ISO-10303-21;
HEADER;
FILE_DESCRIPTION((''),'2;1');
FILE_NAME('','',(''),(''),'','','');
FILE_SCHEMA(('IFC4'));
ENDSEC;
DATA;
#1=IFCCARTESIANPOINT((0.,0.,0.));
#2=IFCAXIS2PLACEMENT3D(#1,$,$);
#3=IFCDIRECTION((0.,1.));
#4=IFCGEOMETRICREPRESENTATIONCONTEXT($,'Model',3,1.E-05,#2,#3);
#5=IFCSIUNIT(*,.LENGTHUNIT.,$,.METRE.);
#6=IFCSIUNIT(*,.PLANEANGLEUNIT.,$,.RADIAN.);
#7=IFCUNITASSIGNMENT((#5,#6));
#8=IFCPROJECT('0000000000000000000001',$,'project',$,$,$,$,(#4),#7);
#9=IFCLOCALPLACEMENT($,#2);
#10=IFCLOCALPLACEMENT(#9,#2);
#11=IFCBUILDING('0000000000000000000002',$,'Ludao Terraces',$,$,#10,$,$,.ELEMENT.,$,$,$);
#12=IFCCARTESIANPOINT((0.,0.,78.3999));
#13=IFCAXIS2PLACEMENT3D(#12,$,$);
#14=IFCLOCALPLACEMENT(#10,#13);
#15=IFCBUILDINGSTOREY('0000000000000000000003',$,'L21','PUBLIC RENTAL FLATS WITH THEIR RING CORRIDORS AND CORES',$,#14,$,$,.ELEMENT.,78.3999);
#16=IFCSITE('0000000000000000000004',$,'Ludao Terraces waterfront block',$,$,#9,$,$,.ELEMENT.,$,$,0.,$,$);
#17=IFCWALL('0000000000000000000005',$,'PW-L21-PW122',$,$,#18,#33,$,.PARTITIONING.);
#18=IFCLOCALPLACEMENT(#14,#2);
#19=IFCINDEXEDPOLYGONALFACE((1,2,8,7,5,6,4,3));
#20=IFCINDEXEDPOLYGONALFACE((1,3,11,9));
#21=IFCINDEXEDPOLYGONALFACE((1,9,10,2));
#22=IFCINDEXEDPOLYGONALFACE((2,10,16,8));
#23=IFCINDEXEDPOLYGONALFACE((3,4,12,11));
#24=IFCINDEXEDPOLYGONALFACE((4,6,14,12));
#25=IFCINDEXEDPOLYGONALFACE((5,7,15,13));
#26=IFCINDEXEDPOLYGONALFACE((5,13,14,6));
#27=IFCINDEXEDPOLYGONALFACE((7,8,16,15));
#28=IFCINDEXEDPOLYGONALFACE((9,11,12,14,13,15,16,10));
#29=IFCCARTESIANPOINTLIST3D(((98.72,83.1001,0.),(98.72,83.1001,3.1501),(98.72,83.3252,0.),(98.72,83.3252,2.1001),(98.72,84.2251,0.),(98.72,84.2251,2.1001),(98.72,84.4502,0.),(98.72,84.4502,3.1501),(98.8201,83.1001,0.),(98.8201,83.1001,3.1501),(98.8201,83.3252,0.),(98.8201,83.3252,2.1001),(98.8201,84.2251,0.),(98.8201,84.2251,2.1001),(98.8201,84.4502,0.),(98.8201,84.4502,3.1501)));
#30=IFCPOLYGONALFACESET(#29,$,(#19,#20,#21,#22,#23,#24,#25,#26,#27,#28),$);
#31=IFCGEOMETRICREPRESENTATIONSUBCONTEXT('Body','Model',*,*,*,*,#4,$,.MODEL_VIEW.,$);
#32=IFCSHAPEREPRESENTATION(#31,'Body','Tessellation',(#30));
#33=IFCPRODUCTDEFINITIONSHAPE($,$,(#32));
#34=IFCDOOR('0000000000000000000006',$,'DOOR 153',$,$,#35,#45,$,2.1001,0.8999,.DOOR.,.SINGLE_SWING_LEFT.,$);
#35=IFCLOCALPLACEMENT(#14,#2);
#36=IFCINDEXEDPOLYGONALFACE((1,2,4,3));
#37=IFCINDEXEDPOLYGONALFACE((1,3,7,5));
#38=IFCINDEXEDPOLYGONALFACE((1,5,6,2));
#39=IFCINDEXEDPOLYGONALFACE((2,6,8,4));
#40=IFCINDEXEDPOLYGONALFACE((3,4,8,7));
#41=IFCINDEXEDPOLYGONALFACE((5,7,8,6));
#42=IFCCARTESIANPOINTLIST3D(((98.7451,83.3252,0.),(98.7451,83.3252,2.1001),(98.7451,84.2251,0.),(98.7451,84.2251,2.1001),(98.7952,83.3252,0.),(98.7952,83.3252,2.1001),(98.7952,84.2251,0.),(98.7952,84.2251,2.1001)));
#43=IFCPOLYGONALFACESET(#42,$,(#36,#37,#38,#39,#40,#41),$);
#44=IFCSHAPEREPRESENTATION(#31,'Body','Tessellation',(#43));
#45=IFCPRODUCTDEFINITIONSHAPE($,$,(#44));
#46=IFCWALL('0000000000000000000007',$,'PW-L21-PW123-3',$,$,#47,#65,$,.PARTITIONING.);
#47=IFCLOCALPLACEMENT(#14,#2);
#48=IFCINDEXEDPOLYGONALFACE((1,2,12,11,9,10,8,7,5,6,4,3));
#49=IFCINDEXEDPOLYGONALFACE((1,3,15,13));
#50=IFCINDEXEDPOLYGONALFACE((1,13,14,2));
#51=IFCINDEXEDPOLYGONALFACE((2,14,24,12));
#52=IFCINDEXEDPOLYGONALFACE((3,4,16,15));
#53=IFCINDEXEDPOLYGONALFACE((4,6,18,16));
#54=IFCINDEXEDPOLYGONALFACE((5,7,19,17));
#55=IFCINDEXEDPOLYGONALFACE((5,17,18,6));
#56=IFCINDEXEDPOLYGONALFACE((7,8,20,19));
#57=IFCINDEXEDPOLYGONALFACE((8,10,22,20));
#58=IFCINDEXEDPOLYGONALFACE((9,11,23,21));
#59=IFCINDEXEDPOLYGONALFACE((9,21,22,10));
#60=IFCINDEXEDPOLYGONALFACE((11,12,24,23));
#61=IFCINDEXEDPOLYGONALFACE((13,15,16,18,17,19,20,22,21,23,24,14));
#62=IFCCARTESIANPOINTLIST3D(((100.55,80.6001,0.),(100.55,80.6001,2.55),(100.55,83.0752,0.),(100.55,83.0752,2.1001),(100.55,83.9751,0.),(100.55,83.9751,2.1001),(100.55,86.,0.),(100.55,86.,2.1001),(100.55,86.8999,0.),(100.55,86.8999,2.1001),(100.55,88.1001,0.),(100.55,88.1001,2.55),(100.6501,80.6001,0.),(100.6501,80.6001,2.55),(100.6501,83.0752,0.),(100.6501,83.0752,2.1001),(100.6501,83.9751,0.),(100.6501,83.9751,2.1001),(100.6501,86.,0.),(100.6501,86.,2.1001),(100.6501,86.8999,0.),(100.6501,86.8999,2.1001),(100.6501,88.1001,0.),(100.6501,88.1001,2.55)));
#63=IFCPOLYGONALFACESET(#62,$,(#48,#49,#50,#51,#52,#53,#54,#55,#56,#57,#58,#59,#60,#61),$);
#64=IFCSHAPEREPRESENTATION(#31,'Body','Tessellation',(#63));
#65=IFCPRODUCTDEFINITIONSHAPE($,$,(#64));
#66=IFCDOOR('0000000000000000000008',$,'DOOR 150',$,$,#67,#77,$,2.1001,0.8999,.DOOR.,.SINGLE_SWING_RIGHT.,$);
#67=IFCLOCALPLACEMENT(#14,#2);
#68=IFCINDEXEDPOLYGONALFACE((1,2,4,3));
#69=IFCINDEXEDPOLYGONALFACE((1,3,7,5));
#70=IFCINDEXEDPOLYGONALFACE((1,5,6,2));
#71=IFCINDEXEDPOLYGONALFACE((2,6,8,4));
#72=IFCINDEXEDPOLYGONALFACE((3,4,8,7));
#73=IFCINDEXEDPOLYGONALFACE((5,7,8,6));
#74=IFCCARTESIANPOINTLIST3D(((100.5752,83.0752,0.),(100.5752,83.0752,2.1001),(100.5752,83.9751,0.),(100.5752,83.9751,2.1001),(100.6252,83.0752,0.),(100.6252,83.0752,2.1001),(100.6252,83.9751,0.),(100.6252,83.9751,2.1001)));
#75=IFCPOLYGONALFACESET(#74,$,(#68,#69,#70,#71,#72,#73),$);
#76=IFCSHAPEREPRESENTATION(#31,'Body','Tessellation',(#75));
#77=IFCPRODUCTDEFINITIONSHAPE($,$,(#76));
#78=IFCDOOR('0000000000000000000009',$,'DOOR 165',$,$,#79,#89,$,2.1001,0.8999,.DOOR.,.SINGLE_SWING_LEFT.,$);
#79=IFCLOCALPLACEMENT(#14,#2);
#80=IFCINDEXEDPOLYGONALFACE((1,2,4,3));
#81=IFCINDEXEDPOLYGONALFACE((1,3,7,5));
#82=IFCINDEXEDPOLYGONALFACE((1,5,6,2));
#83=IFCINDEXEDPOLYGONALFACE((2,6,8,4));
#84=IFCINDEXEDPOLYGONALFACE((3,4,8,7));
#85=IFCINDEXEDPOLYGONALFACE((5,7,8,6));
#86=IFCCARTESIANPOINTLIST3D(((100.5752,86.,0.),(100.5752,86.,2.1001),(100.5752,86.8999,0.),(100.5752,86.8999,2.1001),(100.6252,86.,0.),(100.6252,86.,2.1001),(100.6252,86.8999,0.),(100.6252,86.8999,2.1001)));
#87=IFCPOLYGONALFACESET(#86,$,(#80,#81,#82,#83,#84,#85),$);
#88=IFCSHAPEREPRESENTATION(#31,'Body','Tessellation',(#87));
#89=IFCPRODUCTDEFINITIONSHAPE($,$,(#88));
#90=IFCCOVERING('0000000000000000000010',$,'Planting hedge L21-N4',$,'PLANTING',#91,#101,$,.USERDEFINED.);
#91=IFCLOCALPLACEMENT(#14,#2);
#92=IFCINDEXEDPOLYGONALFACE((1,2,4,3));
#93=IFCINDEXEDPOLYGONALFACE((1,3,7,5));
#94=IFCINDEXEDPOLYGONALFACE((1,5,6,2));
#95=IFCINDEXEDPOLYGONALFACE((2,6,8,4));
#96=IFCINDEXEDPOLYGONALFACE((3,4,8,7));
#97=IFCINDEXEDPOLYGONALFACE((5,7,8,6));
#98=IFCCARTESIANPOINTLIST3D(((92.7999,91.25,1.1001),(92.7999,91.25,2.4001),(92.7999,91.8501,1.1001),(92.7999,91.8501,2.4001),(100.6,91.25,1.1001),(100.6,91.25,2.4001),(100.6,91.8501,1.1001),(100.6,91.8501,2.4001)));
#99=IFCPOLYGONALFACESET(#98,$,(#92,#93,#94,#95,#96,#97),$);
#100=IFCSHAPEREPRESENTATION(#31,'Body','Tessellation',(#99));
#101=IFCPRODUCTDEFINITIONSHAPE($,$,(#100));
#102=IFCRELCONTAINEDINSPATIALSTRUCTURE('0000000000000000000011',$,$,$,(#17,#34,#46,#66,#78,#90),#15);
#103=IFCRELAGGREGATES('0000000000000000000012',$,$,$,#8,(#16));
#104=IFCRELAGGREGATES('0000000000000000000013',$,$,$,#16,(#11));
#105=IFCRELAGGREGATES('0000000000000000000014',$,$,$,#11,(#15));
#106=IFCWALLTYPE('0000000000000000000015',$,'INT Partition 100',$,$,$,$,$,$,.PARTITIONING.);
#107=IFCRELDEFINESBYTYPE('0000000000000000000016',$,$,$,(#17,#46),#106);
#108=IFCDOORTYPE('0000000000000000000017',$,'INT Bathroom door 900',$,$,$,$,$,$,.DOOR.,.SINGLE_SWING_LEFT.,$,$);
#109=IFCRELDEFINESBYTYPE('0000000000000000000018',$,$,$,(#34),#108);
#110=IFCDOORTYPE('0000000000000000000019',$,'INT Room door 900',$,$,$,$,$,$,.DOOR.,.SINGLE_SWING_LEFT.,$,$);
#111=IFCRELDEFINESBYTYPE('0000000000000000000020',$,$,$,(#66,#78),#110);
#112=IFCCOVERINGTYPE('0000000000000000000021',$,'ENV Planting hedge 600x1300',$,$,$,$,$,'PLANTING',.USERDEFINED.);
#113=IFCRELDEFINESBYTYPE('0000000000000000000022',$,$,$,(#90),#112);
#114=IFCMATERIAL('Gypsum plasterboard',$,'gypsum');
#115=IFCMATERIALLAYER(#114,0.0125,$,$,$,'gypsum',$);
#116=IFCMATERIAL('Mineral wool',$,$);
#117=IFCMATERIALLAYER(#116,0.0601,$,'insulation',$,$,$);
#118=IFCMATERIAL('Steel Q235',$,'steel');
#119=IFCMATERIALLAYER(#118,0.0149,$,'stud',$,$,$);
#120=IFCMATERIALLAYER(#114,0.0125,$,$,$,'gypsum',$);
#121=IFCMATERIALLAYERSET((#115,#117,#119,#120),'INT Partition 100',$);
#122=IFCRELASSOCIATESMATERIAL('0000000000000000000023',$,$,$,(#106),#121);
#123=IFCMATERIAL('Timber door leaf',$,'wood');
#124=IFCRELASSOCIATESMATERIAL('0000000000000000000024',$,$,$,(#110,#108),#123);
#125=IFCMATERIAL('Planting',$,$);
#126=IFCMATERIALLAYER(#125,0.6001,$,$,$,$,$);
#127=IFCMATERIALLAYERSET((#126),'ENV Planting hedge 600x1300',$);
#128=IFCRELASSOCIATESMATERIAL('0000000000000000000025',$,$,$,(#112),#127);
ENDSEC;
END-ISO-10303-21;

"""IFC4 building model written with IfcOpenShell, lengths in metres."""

from ifc_helpers import new_model, si_unit, direction, frame, frame_2d, origin, origin_2d, place, context, subcontext, project, spatial, rectangle, extrude, material, layer, layer_set, type_object, element, fill, save


model = new_model("IFC4")

# Units and contexts
model_context = context("Model", 3, precision=1e-05, world=origin(), true_north=direction((0.0, 1.0)))
body_context = subcontext(model_context, "Body", "Model", "MODEL_VIEW")
ifc_project = project(units=[si_unit("LENGTHUNIT", "METRE"), si_unit("PLANEANGLEUNIT", "RADIAN")], contexts=[model_context])

# Site, building, storey
site_placement = place(None, origin())
site = spatial("IfcSite", under=ifc_project, at=site_placement, Name="Ludao Terraces waterfront block", CompositionType="ELEMENT", RefElevation=0.0)
building_placement = place(site_placement, origin())
building = spatial("IfcBuilding", under=site, at=building_placement, Name="Ludao Terraces", CompositionType="ELEMENT")
storey_placement = place(building_placement, frame((0.0, 0.0, 78.3999)))
storey = spatial("IfcBuildingStorey", under=building, at=storey_placement, Name="L21", Description="PUBLIC RENTAL FLATS WITH THEIR RING CORRIDORS AND CORES", CompositionType="ELEMENT", Elevation=78.3999)

# Shared definitions
ifc_material_1 = material(Name="Gypsum plasterboard", Category="gypsum")
ifc_layer_1 = layer(ifc_material_1, 0.0125, Category="gypsum")
ifc_material_2 = material(Name="Mineral wool")
ifc_layer_2 = layer(ifc_material_2, 0.0601, Name="insulation")
ifc_material_3 = material(Name="Steel Q235", Category="steel")
ifc_layer_3 = layer(ifc_material_3, 0.0149, Name="stud")
ifc_layer_4 = layer(ifc_material_1, 0.0125, Category="gypsum")
ifc_layer_set_1 = layer_set([ifc_layer_1, ifc_layer_2, ifc_layer_3, ifc_layer_4], Name="INT Partition 100")
wall_type_1 = type_object("IfcWallType", Name="INT Partition 100", PredefinedType="PARTITIONING", material=ifc_layer_set_1)

# Wall, opening, door
ifc_material_4 = material(Name="Timber door leaf", Category="wood")
door_type_1 = type_object("IfcDoorType", Name="INT Room door 900", OperationType="SINGLE_SWING_LEFT", PredefinedType="DOOR", material=ifc_material_4)
wall_1_placement = place(storey_placement, frame((98.77, 83.1001, 0.0), z_axis=(0.0, 0.0, 1.0), x_axis=(0.0, 1.0, 0.0)))
wall_1 = element("IfcWall", 1, at=wall_1_placement, inside=storey, type_object=wall_type_1, Name="PW-L21-PW122", PredefinedType="PARTITIONING", context=body_context, shape_type="SweptSolid", body=[
    extrude(rectangle(XDim=1.3501, YDim=0.1001, at=frame_2d((0.675, 0.0))), origin(), (0.0, 0.0, 1.0), 3.1501),
])
opening_1_placement = place(wall_1_placement, frame((0.2251, 0.0, 0.0)))
opening_1 = element("IfcOpeningElement", 2, at=opening_1_placement, cuts=wall_1, PredefinedType="OPENING", context=body_context, shape_type="SweptSolid", body=[
    extrude(rectangle(XDim=0.8999, YDim=2.1001, at=frame_2d((0.45, 1.05))), frame((0.0, 0.0601, 0.0), z_axis=(0.0, -1.0, 0.0), x_axis=(1.0, 0.0, 0.0)), (0.0, 0.0, 1.0), 0.1201),
])
door_type_2 = type_object("IfcDoorType", Name="INT Bathroom door 900", OperationType="SINGLE_SWING_LEFT", PredefinedType="DOOR", material=ifc_material_4)
door_1_placement = place(opening_1_placement, origin())
door_1 = element("IfcDoor", 3, at=door_1_placement, inside=storey, type_object=door_type_2, Name="DOOR 153", OperationType="SINGLE_SWING_LEFT", OverallHeight=2.1001, OverallWidth=0.8999, PredefinedType="DOOR", context=body_context, shape_type="SweptSolid", body=[
    extrude(rectangle(XDim=0.8999, YDim=2.1001, at=frame_2d((0.45, 1.05))), frame((0.0, 0.0249, 0.0), z_axis=(0.0, -1.0, 0.0), x_axis=(1.0, 0.0, 0.0)), (0.0, 0.0, 1.0), 0.05),
])
fill(opening_1, door_1)

# Wall, openings, doors
wall_2_placement = place(storey_placement, frame((100.6001, 80.6001, 0.0), z_axis=(0.0, 0.0, 1.0), x_axis=(0.0, 1.0, 0.0)))
wall_2 = element("IfcWall", 4, at=wall_2_placement, inside=storey, type_object=wall_type_1, Name="PW-L21-PW123-3", PredefinedType="PARTITIONING", context=body_context, shape_type="SweptSolid", body=[
    extrude(rectangle(XDim=7.5, YDim=0.1001, at=frame_2d((3.75, 0.0))), origin(), (0.0, 0.0, 1.0), 2.55),
])
opening_2_placement = place(wall_2_placement, frame((2.4751, 0.0, 0.0)))
opening_2 = element("IfcOpeningElement", 5, at=opening_2_placement, cuts=wall_2, PredefinedType="OPENING", context=body_context, shape_type="SweptSolid", body=[
    extrude(rectangle(XDim=0.8999, YDim=2.1001, at=frame_2d((0.45, 1.05))), frame((0.0, 0.0601, 0.0), z_axis=(0.0, -1.0, 0.0), x_axis=(1.0, 0.0, 0.0)), (0.0, 0.0, 1.0), 0.1201),
])
opening_3_placement = place(wall_2_placement, frame((5.3999, 0.0, 0.0)))
opening_3 = element("IfcOpeningElement", 6, at=opening_3_placement, cuts=wall_2, PredefinedType="OPENING", context=body_context, shape_type="SweptSolid", body=[
    extrude(rectangle(XDim=0.8999, YDim=2.1001, at=frame_2d((0.45, 1.05))), frame((0.0, 0.0601, 0.0), z_axis=(0.0, -1.0, 0.0), x_axis=(1.0, 0.0, 0.0)), (0.0, 0.0, 1.0), 0.1201),
])
door_2_placement = place(opening_2_placement, origin())
door_2 = element("IfcDoor", 7, at=door_2_placement, inside=storey, type_object=door_type_1, Name="DOOR 150", OperationType="SINGLE_SWING_RIGHT", OverallHeight=2.1001, OverallWidth=0.8999, PredefinedType="DOOR", context=body_context, shape_type="SweptSolid", body=[
    extrude(rectangle(XDim=0.8999, YDim=2.1001, at=frame_2d((0.45, 1.05))), frame((0.0, 0.0249, 0.0), z_axis=(0.0, -1.0, 0.0), x_axis=(1.0, 0.0, 0.0)), (0.0, 0.0, 1.0), 0.05),
])
fill(opening_2, door_2)
door_3_placement = place(opening_3_placement, origin())
door_3 = element("IfcDoor", 8, at=door_3_placement, inside=storey, type_object=door_type_1, Name="DOOR 165", OperationType="SINGLE_SWING_LEFT", OverallHeight=2.1001, OverallWidth=0.8999, PredefinedType="DOOR", context=body_context, shape_type="SweptSolid", body=[
    extrude(rectangle(XDim=0.8999, YDim=2.1001, at=frame_2d((0.45, 1.05))), frame((0.0, 0.0249, 0.0), z_axis=(0.0, -1.0, 0.0), x_axis=(1.0, 0.0, 0.0)), (0.0, 0.0, 1.0), 0.05),
])
fill(opening_3, door_3)

# Covering
ifc_material_5 = material(Name="Planting")
ifc_layer_5 = layer(ifc_material_5, 0.6001)
ifc_layer_set_2 = layer_set([ifc_layer_5], Name="ENV Planting hedge 600x1300")
covering_type = type_object("IfcCoveringType", Name="ENV Planting hedge 600x1300", ElementType="PLANTING", PredefinedType="USERDEFINED", material=ifc_layer_set_2)
covering_placement = place(storey_placement, frame((96.7, 91.55, 1.1001), z_axis=(0.0, 0.0, 1.0), x_axis=(1.0, 0.0, 0.0)))
element("IfcCovering", 9, at=covering_placement, inside=storey, type_object=covering_type, Name="Planting hedge L21-N4", ObjectType="PLANTING", PredefinedType="USERDEFINED", context=body_context, shape_type="SweptSolid", body=[
    extrude(rectangle(XDim=7.8, YDim=0.6001, at=origin_2d()), origin(), (0.0, 0.0, 1.0), 1.3),
])

save(model, "model.ifc")
